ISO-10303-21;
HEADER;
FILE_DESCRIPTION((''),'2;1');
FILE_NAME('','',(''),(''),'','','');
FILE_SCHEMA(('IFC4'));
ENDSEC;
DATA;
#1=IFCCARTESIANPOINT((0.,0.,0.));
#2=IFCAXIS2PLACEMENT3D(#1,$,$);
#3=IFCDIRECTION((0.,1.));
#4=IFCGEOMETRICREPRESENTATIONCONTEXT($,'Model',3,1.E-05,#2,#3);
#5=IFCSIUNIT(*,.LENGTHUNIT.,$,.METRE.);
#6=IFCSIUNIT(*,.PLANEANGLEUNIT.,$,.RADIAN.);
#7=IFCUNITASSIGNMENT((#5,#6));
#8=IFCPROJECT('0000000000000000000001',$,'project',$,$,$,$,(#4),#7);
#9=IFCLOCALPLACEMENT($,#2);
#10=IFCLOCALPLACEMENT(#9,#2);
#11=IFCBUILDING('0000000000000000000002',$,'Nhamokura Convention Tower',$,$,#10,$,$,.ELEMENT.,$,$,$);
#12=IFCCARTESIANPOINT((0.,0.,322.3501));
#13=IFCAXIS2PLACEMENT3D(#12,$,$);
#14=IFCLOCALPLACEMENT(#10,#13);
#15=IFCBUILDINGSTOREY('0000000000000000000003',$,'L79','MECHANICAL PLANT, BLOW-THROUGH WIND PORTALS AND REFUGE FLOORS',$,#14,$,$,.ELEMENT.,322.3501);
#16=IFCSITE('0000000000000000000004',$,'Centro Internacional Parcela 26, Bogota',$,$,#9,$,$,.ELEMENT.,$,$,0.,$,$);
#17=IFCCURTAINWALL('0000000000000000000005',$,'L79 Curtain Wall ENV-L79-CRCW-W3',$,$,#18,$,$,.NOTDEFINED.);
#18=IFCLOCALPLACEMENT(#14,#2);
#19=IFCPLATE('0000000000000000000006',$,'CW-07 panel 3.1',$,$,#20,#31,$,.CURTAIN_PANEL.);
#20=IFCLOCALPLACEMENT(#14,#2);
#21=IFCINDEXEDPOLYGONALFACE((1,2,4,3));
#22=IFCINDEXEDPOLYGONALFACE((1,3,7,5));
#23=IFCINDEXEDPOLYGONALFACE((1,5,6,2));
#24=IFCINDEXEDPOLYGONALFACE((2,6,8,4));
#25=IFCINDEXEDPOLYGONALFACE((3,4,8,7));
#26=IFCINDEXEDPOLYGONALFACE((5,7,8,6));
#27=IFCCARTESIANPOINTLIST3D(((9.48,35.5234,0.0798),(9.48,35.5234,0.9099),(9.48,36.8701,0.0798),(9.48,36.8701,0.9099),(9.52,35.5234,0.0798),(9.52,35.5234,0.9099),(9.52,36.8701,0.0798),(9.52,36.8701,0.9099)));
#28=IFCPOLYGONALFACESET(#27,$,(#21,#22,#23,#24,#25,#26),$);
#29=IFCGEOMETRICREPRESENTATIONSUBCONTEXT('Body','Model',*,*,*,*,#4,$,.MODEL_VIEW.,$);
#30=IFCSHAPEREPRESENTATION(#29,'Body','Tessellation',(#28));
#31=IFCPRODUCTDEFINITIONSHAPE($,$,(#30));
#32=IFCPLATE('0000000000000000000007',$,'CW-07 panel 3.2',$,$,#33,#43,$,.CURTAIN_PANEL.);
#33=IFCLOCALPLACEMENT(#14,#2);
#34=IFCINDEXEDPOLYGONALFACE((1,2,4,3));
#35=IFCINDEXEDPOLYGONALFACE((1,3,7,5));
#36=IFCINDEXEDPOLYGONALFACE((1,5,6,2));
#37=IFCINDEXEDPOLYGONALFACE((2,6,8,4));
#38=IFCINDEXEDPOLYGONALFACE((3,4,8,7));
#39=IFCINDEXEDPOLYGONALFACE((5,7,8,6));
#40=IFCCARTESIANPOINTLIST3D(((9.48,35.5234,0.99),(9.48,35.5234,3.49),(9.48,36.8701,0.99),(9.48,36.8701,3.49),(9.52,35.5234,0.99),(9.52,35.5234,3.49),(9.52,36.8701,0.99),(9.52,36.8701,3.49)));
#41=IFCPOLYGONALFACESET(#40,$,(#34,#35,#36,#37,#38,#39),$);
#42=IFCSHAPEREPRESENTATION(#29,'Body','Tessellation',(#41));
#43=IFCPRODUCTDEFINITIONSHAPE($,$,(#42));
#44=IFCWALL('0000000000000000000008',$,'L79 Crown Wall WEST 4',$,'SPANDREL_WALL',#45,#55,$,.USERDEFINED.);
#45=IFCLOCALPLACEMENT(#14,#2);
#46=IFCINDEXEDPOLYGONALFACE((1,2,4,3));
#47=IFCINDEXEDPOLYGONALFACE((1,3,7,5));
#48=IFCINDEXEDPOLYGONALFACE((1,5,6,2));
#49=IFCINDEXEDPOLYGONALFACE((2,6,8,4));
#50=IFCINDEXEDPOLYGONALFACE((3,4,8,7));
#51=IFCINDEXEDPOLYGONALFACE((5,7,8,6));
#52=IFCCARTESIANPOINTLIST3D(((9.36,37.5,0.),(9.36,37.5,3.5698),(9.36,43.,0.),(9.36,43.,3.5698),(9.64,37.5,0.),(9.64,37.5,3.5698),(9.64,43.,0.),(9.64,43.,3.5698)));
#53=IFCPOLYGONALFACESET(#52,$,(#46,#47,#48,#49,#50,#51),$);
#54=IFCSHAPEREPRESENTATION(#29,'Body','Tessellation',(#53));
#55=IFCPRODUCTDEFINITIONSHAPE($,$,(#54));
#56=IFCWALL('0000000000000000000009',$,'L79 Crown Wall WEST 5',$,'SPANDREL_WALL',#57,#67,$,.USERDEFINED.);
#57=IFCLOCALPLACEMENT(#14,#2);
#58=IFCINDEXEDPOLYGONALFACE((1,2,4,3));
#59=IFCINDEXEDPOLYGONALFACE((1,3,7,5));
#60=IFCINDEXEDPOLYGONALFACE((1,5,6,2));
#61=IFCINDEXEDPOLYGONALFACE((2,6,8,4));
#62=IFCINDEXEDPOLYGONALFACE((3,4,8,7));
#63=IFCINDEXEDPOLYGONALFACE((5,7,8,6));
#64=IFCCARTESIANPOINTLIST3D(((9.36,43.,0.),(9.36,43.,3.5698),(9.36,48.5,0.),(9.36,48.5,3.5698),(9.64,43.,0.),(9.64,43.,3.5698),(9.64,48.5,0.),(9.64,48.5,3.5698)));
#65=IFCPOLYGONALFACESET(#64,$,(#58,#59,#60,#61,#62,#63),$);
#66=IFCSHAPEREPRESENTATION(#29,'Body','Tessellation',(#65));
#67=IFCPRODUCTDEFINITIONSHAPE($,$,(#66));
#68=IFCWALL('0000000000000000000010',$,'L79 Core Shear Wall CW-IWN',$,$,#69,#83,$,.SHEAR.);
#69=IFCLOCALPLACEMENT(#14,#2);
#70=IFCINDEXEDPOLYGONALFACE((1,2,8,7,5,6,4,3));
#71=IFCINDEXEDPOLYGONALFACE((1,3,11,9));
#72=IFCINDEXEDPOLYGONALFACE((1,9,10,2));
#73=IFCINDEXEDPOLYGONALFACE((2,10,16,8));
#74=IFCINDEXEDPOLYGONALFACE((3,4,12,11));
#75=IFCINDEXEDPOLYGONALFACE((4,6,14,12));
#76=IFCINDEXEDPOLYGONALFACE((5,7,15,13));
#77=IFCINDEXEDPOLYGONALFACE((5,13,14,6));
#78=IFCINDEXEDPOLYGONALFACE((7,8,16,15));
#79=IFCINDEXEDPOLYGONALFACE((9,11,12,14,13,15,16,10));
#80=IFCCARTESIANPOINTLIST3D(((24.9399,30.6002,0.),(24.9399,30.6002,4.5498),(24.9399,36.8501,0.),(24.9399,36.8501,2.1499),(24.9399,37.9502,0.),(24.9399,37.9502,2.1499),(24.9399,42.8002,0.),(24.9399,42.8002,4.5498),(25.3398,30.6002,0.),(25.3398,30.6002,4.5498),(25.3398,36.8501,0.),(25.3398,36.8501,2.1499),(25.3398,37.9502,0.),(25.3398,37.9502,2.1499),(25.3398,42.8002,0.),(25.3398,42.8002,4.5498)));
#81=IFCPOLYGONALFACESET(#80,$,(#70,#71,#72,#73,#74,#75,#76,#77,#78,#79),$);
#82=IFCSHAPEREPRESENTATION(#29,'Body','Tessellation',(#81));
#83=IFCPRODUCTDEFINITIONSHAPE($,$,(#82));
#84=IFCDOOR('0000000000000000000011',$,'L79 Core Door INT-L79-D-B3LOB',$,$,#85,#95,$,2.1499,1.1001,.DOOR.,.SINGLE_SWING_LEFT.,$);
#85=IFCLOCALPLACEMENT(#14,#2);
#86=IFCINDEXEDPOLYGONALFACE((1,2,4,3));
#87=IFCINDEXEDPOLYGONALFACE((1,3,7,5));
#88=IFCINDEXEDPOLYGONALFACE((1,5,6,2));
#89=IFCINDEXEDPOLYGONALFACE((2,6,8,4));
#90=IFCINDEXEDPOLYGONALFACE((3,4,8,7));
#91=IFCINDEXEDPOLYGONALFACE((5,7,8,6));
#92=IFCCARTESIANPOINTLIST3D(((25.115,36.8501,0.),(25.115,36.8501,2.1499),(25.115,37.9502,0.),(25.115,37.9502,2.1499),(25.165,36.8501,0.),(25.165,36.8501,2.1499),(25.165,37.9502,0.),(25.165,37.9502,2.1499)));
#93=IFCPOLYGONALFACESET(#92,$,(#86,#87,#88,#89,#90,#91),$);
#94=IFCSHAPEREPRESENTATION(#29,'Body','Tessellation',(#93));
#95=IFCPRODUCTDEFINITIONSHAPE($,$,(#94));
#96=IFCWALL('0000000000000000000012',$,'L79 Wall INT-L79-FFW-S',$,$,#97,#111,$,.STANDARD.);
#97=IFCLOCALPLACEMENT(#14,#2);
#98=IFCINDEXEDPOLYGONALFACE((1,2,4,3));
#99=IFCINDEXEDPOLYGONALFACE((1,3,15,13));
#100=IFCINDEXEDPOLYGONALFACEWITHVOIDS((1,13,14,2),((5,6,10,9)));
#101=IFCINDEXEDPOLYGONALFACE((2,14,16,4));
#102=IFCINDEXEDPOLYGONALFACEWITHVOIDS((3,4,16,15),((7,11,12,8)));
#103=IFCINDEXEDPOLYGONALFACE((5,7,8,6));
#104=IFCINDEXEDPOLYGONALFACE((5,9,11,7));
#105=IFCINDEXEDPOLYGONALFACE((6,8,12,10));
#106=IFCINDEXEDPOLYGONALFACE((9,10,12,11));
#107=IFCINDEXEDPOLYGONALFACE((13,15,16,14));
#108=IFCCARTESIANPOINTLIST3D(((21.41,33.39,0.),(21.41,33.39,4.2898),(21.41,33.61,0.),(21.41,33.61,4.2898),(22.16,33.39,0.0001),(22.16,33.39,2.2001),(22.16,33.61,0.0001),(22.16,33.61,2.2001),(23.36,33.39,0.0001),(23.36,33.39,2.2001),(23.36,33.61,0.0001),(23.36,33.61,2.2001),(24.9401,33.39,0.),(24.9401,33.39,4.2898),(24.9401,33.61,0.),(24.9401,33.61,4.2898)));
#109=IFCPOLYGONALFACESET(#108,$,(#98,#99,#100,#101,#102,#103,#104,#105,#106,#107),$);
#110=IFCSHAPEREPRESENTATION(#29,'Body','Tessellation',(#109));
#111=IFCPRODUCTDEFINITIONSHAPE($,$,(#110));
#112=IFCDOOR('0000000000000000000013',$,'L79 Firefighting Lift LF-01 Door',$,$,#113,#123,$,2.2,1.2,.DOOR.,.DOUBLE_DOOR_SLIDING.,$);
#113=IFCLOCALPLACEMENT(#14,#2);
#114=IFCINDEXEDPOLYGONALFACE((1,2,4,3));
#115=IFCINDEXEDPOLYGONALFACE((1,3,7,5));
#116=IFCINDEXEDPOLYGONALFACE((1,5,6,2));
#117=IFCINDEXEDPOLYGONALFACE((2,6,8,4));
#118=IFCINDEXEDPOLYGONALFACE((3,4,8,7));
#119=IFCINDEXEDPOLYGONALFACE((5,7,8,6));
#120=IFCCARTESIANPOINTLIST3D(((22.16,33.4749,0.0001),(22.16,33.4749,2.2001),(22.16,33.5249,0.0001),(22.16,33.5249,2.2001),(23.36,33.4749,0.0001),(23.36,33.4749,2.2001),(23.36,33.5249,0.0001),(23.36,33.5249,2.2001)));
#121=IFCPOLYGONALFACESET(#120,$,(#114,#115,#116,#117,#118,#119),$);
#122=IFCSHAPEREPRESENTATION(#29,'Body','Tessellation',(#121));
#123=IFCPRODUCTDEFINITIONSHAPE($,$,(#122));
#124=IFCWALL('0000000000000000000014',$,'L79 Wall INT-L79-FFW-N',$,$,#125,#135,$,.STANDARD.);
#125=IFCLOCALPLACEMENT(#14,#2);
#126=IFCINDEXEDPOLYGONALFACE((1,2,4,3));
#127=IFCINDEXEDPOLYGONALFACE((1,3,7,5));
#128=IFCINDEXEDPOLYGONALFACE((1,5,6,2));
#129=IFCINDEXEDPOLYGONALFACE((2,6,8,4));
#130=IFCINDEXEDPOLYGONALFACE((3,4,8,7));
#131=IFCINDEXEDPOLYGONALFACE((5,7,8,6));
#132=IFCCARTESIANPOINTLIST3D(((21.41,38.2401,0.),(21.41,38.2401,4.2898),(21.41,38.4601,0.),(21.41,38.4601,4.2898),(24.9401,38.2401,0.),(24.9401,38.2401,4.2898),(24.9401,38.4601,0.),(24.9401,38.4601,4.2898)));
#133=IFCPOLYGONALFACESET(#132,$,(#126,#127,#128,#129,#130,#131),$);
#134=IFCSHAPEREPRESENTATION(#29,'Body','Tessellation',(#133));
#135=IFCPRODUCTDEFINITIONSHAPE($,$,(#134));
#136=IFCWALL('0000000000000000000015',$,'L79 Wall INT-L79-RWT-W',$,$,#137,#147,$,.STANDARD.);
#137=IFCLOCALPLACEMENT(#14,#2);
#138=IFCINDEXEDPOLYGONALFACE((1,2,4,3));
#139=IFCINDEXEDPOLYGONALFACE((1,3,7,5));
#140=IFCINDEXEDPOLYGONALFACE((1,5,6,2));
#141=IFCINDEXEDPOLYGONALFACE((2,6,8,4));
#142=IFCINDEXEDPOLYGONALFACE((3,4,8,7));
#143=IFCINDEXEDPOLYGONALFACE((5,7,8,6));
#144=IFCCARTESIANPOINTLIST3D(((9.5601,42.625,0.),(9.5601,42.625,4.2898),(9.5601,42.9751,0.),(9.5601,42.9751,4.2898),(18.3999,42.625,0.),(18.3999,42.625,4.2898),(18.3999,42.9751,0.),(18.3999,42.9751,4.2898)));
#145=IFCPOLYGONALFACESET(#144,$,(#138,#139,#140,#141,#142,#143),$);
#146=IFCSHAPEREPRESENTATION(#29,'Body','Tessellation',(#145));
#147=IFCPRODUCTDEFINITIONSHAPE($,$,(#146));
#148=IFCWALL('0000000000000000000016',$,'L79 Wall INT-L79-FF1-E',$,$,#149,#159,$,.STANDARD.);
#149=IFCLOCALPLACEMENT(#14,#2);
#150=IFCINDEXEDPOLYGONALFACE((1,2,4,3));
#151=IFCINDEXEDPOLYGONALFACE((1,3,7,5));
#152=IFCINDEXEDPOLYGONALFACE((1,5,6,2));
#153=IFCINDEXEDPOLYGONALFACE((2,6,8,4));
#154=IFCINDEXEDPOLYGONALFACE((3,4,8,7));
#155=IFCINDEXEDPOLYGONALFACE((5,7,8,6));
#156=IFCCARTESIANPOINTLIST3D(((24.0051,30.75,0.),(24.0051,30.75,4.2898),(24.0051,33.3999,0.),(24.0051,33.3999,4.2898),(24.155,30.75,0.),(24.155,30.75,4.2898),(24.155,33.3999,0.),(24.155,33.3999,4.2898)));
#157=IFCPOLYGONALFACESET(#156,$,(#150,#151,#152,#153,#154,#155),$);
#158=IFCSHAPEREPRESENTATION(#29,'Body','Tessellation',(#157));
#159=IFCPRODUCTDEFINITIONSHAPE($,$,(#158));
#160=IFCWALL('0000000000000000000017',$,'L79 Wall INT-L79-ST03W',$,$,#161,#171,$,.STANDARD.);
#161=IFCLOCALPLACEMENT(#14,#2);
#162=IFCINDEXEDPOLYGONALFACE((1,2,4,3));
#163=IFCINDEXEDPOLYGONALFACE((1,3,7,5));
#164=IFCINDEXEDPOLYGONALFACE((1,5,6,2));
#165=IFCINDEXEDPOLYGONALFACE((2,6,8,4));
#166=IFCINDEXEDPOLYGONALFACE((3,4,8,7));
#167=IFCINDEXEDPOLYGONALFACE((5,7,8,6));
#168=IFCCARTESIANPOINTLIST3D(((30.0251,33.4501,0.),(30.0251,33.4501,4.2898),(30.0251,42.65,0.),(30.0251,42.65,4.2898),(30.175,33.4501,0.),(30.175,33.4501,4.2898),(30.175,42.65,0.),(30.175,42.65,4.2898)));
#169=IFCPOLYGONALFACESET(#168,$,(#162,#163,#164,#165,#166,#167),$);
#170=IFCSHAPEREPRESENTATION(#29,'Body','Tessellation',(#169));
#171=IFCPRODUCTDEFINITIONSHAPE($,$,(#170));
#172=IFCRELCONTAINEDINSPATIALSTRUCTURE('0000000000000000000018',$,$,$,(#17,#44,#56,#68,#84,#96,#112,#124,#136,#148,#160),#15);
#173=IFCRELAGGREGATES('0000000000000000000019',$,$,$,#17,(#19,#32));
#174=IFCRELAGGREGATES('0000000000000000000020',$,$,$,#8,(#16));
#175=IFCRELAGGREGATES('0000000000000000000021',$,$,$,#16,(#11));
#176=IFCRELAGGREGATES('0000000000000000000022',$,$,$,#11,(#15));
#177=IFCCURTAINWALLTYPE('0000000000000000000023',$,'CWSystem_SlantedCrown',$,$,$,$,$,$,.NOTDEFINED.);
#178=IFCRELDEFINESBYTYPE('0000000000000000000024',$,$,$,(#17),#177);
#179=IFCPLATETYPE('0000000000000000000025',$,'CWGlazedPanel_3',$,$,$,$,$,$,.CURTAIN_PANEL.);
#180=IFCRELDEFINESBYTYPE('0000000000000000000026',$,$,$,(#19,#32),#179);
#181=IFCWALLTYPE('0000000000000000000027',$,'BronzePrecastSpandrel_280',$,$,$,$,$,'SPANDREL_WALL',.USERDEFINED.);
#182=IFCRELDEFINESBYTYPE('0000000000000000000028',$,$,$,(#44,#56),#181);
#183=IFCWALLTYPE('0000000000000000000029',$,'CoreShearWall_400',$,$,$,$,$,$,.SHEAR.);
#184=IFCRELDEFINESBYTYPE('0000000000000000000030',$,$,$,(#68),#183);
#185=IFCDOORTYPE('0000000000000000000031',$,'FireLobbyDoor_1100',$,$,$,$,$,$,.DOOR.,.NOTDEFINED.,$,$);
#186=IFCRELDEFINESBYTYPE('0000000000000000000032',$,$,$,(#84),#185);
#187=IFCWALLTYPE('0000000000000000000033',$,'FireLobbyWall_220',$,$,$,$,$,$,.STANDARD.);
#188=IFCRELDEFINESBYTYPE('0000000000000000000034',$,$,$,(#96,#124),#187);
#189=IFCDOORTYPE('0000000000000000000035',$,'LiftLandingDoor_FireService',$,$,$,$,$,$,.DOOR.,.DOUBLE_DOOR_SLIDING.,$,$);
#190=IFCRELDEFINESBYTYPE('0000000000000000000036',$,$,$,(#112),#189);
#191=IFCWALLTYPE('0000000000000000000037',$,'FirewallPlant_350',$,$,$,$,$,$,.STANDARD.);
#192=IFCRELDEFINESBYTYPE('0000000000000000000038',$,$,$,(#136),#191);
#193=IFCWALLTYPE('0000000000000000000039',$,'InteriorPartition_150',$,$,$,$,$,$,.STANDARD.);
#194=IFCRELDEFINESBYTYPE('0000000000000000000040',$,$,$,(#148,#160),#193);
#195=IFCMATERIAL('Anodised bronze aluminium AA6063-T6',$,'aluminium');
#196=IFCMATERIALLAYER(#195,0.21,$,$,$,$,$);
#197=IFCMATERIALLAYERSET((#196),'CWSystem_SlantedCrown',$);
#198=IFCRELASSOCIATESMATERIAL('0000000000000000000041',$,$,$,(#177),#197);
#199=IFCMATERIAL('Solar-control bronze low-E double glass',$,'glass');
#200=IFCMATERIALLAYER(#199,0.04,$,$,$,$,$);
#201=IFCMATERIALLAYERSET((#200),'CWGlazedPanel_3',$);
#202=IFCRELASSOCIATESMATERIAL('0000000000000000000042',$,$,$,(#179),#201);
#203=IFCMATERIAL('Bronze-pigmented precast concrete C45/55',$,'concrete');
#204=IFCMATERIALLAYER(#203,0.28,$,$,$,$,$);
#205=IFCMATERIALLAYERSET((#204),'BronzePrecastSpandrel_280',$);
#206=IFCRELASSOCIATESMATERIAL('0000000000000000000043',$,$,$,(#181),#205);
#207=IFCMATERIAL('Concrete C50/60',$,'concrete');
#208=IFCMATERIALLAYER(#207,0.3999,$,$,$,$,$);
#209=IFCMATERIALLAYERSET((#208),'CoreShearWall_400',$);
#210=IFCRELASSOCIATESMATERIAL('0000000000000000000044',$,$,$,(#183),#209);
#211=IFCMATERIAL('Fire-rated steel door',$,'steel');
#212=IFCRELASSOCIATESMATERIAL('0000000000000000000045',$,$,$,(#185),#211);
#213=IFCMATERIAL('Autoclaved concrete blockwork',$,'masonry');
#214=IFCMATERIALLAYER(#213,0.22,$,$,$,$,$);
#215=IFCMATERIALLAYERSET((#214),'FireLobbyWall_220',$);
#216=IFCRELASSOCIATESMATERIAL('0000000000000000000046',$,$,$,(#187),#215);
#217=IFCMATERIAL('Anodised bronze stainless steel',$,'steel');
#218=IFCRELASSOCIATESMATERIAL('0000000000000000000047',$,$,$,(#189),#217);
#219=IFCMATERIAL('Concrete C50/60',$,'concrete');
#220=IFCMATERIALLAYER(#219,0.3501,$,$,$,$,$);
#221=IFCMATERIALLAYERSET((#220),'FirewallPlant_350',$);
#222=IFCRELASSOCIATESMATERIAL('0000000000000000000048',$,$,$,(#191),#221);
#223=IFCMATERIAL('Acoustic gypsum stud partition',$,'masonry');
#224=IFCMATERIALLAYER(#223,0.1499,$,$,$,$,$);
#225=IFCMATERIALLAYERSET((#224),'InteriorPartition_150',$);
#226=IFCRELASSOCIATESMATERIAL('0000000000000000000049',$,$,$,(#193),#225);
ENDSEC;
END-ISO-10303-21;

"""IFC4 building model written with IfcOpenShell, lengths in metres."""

from ifc_helpers import new_model, si_unit, direction, frame, frame_2d, origin, origin_2d, place, context, subcontext, project, spatial, rectangle, extrude, material, layer, layer_set, type_object, element, fill, aggregate, save


model = new_model("IFC4")

# Units and contexts
model_context = context("Model", 3, precision=1e-05, world=origin(), true_north=direction((0.0, 1.0)))
body_context = subcontext(model_context, "Body", "Model", "MODEL_VIEW")
ifc_project = project(units=[si_unit("LENGTHUNIT", "METRE"), si_unit("PLANEANGLEUNIT", "RADIAN")], contexts=[model_context])

# Site, building, storey
site_placement = place(None, origin())
site = spatial("IfcSite", under=ifc_project, at=site_placement, Name="Centro Internacional Parcela 26, Bogota", CompositionType="ELEMENT", RefElevation=0.0)
building_placement = place(site_placement, origin())
building = spatial("IfcBuilding", under=site, at=building_placement, Name="Nhamokura Convention Tower", CompositionType="ELEMENT")
storey_placement = place(building_placement, frame((0.0, 0.0, 322.3501)))
storey = spatial("IfcBuildingStorey", under=building, at=storey_placement, Name="L79", Description="MECHANICAL PLANT, BLOW-THROUGH WIND PORTALS AND REFUGE FLOORS", CompositionType="ELEMENT", Elevation=322.3501)

# Curtain wall
ifc_material_1 = material(Name="Anodised bronze aluminium AA6063-T6", Category="aluminium")
ifc_layer_1 = layer(ifc_material_1, 0.21)
ifc_layer_set_1 = layer_set([ifc_layer_1], Name="CWSystem_SlantedCrown")
curtain_wall_type = type_object("IfcCurtainWallType", Name="CWSystem_SlantedCrown", PredefinedType="NOTDEFINED", material=ifc_layer_set_1)
curtain_wall_placement = place(storey_placement, origin())
curtain_wall = element("IfcCurtainWall", 1, at=curtain_wall_placement, inside=storey, type_object=curtain_wall_type, Name="L79 Curtain Wall ENV-L79-CRCW-W3", PredefinedType="NOTDEFINED")

# Plates
ifc_material_2 = material(Name="Solar-control bronze low-E double glass", Category="glass")
ifc_layer_2 = layer(ifc_material_2, 0.04)
ifc_layer_set_2 = layer_set([ifc_layer_2], Name="CWGlazedPanel_3")
plate_type = type_object("IfcPlateType", Name="CWGlazedPanel_3", PredefinedType="CURTAIN_PANEL", material=ifc_layer_set_2)
plate_1_placement = place(storey_placement, frame((9.5, 36.1968, 0.0798), z_axis=(0.0, 0.0, 1.0), x_axis=(0.0, 1.0, 0.0)))
plate_1 = element("IfcPlate", 2, at=plate_1_placement, type_object=plate_type, Name="CW-07 panel 3.1", PredefinedType="CURTAIN_PANEL", context=body_context, shape_type="SweptSolid", body=[
    extrude(rectangle(XDim=1.3467, YDim=0.04, at=origin_2d()), origin(), (0.0, 0.0, 1.0), 0.8301),
])
plate_2_placement = place(storey_placement, frame((9.5, 36.1968, 0.99), z_axis=(0.0, 0.0, 1.0), x_axis=(0.0, 1.0, 0.0)))
plate_2 = element("IfcPlate", 3, at=plate_2_placement, type_object=plate_type, Name="CW-07 panel 3.2", PredefinedType="CURTAIN_PANEL", context=body_context, shape_type="SweptSolid", body=[
    extrude(rectangle(XDim=1.3467, YDim=0.04, at=origin_2d()), origin(), (0.0, 0.0, 1.0), 2.5),
])
aggregate(curtain_wall, [plate_1, plate_2])

# Walls
ifc_material_3 = material(Name="Bronze-pigmented precast concrete C45/55", Category="concrete")
ifc_layer_3 = layer(ifc_material_3, 0.28)
ifc_layer_set_3 = layer_set([ifc_layer_3], Name="BronzePrecastSpandrel_280")
wall_type_1 = type_object("IfcWallType", Name="BronzePrecastSpandrel_280", ElementType="SPANDREL_WALL", PredefinedType="USERDEFINED", material=ifc_layer_set_3)
for number, where, z_axis, x_axis, name in (
    (4, (9.5, 37.5, 0.0), (0.0, 0.0, 1.0), (0.0, 1.0, 0.0), "L79 Crown Wall WEST 4"),
    (5, (9.5, 43.0, 0.0), (0.0, 0.0, 1.0), (0.0, 1.0, 0.0), "L79 Crown Wall WEST 5"),
):
    element("IfcWall", number, at=place(storey_placement, frame(where, z_axis=z_axis, x_axis=x_axis)), inside=storey, type_object=wall_type_1, Name=name, ObjectType="SPANDREL_WALL", PredefinedType="USERDEFINED", context=body_context, shape_type="SweptSolid", body=[
        extrude(rectangle(XDim=5.5, YDim=0.28, at=frame_2d((2.75, 0.0))), origin(), (0.0, 0.0, 1.0), 3.5698),
    ])

# Walls, openings, doors
ifc_material_4 = material(Name="Concrete C50/60", Category="concrete")
ifc_layer_4 = layer(ifc_material_4, 0.3999)
ifc_layer_set_4 = layer_set([ifc_layer_4], Name="CoreShearWall_400")
wall_type_2 = type_object("IfcWallType", Name="CoreShearWall_400", PredefinedType="SHEAR", material=ifc_layer_set_4)
wall_1_placement = place(storey_placement, frame((25.1399, 30.6001, 0.0), z_axis=(0.0, 0.0, 1.0), x_axis=(0.0, 1.0, 0.0)))
wall_1 = element("IfcWall", 6, at=wall_1_placement, inside=storey, type_object=wall_type_2, Name="L79 Core Shear Wall CW-IWN", PredefinedType="SHEAR", context=body_context, shape_type="SweptSolid", body=[
    extrude(rectangle(XDim=12.2, YDim=0.3999, at=frame_2d((6.1001, 0.0))), origin(), (0.0, 0.0, 1.0), 4.5498),
])
opening_1_placement = place(wall_1_placement, frame((6.25, 0.0, 0.0)))
opening_1 = element("IfcOpeningElement", 7, at=opening_1_placement, cuts=wall_1, PredefinedType="OPENING", context=body_context, shape_type="SweptSolid", body=[
    extrude(rectangle(XDim=1.1001, YDim=2.1499, at=frame_2d((0.55, 1.075))), frame((0.0, 0.21, 0.0), z_axis=(0.0, -1.0, 0.0), x_axis=(1.0, 0.0, 0.0)), (0.0, 0.0, 1.0), 0.4199),
])
ifc_material_5 = material(Name="Fire-rated steel door", Category="steel")
door_type_1 = type_object("IfcDoorType", Name="FireLobbyDoor_1100", OperationType="NOTDEFINED", PredefinedType="DOOR", material=ifc_material_5)
door_1_placement = place(opening_1_placement, origin())
door_1 = element("IfcDoor", 8, at=door_1_placement, inside=storey, type_object=door_type_1, Name="L79 Core Door INT-L79-D-B3LOB", OperationType="SINGLE_SWING_LEFT", OverallHeight=2.1499, OverallWidth=1.1001, PredefinedType="DOOR", context=body_context, shape_type="SweptSolid", body=[
    extrude(rectangle(XDim=1.1001, YDim=2.1499, at=frame_2d((0.55, 1.075))), frame((0.0, 0.0249, 0.0), z_axis=(0.0, -1.0, 0.0), x_axis=(1.0, 0.0, 0.0)), (0.0, 0.0, 1.0), 0.05),
])
fill(opening_1, door_1)
ifc_material_6 = material(Name="Autoclaved concrete blockwork", Category="masonry")
ifc_layer_5 = layer(ifc_material_6, 0.22)
ifc_layer_set_5 = layer_set([ifc_layer_5], Name="FireLobbyWall_220")
wall_type_3 = type_object("IfcWallType", Name="FireLobbyWall_220", PredefinedType="STANDARD", material=ifc_layer_set_5)
wall_2_placement = place(storey_placement, frame((21.4099, 33.5, 0.0), z_axis=(0.0, 0.0, 1.0), x_axis=(1.0, 0.0, 0.0)))
wall_2 = element("IfcWall", 9, at=wall_2_placement, inside=storey, type_object=wall_type_3, Name="L79 Wall INT-L79-FFW-S", PredefinedType="STANDARD", context=body_context, shape_type="SweptSolid", body=[
    extrude(rectangle(XDim=3.53, YDim=0.22, at=frame_2d((1.7651, 0.0))), origin(), (0.0, 0.0, 1.0), 4.2898),
])
opening_2_placement = place(wall_2_placement, frame((0.75, 0.0, 0.0)))
opening_2 = element("IfcOpeningElement", 10, at=opening_2_placement, cuts=wall_2, PredefinedType="OPENING", context=body_context, shape_type="SweptSolid", body=[
    extrude(rectangle(XDim=1.2, YDim=2.2, at=frame_2d((0.6001, 1.1001))), frame((0.0, 0.1199, 0.0), z_axis=(0.0, -1.0, 0.0), x_axis=(1.0, 0.0, 0.0)), (0.0, 0.0, 1.0), 0.24),
])
ifc_material_7 = material(Name="Anodised bronze stainless steel", Category="steel")
door_type_2 = type_object("IfcDoorType", Name="LiftLandingDoor_FireService", OperationType="DOUBLE_DOOR_SLIDING", PredefinedType="DOOR", material=ifc_material_7)
door_2_placement = place(opening_2_placement, origin())
door_2 = element("IfcDoor", 11, at=door_2_placement, inside=storey, type_object=door_type_2, Name="L79 Firefighting Lift LF-01 Door", OperationType="DOUBLE_DOOR_SLIDING", OverallHeight=2.2, OverallWidth=1.2, PredefinedType="DOOR", context=body_context, shape_type="SweptSolid", body=[
    extrude(rectangle(XDim=1.2, YDim=2.2, at=frame_2d((0.6001, 1.1001))), frame((0.0, 0.0249, 0.0), z_axis=(0.0, -1.0, 0.0), x_axis=(1.0, 0.0, 0.0)), (0.0, 0.0, 1.0), 0.05),
])
fill(opening_2, door_2)

# Wall
wall_3_placement = place(storey_placement, frame((21.4099, 38.3501, 0.0), z_axis=(0.0, 0.0, 1.0), x_axis=(1.0, 0.0, 0.0)))
element("IfcWall", 12, at=wall_3_placement, inside=storey, type_object=wall_type_3, Name="L79 Wall INT-L79-FFW-N", PredefinedType="STANDARD", context=body_context, shape_type="SweptSolid", body=[
    extrude(rectangle(XDim=3.53, YDim=0.22, at=frame_2d((1.7651, 0.0))), origin(), (0.0, 0.0, 1.0), 4.2898),
])

# Shared definitions
ifc_material_8 = material(Name="Concrete C50/60", Category="concrete")
ifc_layer_6 = layer(ifc_material_8, 0.3501)
ifc_layer_set_6 = layer_set([ifc_layer_6], Name="FirewallPlant_350")
wall_type_4 = type_object("IfcWallType", Name="FirewallPlant_350", PredefinedType="STANDARD", material=ifc_layer_set_6)

# Walls
wall_4_placement = place(storey_placement, frame((9.5601, 42.8, 0.0), z_axis=(0.0, 0.0, 1.0), x_axis=(1.0, 0.0, 0.0)))
element("IfcWall", 13, at=wall_4_placement, inside=storey, type_object=wall_type_4, Name="L79 Wall INT-L79-RWT-W", PredefinedType="STANDARD", context=body_context, shape_type="SweptSolid", body=[
    extrude(rectangle(XDim=8.8398, YDim=0.3501, at=frame_2d((4.4199, 0.0))), origin(), (0.0, 0.0, 1.0), 4.2898),
])
ifc_material_9 = material(Name="Acoustic gypsum stud partition", Category="masonry")
ifc_layer_7 = layer(ifc_material_9, 0.1499)
ifc_layer_set_7 = layer_set([ifc_layer_7], Name="InteriorPartition_150")
wall_type_5 = type_object("IfcWallType", Name="InteriorPartition_150", PredefinedType="STANDARD", material=ifc_layer_set_7)
wall_5_placement = place(storey_placement, frame((24.0801, 30.75, 0.0), z_axis=(0.0, 0.0, 1.0), x_axis=(0.0, 1.0, 0.0)))
element("IfcWall", 14, at=wall_5_placement, inside=storey, type_object=wall_type_5, Name="L79 Wall INT-L79-FF1-E", PredefinedType="STANDARD", context=body_context, shape_type="SweptSolid", body=[
    extrude(rectangle(XDim=2.6499, YDim=0.1499, at=frame_2d((1.325, 0.0))), origin(), (0.0, 0.0, 1.0), 4.2898),
])
wall_6_placement = place(storey_placement, frame((30.1001, 33.45, 0.0), z_axis=(0.0, 0.0, 1.0), x_axis=(0.0, 1.0, 0.0)))
element("IfcWall", 15, at=wall_6_placement, inside=storey, type_object=wall_type_5, Name="L79 Wall INT-L79-ST03W", PredefinedType="STANDARD", context=body_context, shape_type="SweptSolid", body=[
    extrude(rectangle(XDim=9.2, YDim=0.1499, at=frame_2d((4.6001, 0.0))), origin(), (0.0, 0.0, 1.0), 4.2898),
])

save(model, "model.ifc")
